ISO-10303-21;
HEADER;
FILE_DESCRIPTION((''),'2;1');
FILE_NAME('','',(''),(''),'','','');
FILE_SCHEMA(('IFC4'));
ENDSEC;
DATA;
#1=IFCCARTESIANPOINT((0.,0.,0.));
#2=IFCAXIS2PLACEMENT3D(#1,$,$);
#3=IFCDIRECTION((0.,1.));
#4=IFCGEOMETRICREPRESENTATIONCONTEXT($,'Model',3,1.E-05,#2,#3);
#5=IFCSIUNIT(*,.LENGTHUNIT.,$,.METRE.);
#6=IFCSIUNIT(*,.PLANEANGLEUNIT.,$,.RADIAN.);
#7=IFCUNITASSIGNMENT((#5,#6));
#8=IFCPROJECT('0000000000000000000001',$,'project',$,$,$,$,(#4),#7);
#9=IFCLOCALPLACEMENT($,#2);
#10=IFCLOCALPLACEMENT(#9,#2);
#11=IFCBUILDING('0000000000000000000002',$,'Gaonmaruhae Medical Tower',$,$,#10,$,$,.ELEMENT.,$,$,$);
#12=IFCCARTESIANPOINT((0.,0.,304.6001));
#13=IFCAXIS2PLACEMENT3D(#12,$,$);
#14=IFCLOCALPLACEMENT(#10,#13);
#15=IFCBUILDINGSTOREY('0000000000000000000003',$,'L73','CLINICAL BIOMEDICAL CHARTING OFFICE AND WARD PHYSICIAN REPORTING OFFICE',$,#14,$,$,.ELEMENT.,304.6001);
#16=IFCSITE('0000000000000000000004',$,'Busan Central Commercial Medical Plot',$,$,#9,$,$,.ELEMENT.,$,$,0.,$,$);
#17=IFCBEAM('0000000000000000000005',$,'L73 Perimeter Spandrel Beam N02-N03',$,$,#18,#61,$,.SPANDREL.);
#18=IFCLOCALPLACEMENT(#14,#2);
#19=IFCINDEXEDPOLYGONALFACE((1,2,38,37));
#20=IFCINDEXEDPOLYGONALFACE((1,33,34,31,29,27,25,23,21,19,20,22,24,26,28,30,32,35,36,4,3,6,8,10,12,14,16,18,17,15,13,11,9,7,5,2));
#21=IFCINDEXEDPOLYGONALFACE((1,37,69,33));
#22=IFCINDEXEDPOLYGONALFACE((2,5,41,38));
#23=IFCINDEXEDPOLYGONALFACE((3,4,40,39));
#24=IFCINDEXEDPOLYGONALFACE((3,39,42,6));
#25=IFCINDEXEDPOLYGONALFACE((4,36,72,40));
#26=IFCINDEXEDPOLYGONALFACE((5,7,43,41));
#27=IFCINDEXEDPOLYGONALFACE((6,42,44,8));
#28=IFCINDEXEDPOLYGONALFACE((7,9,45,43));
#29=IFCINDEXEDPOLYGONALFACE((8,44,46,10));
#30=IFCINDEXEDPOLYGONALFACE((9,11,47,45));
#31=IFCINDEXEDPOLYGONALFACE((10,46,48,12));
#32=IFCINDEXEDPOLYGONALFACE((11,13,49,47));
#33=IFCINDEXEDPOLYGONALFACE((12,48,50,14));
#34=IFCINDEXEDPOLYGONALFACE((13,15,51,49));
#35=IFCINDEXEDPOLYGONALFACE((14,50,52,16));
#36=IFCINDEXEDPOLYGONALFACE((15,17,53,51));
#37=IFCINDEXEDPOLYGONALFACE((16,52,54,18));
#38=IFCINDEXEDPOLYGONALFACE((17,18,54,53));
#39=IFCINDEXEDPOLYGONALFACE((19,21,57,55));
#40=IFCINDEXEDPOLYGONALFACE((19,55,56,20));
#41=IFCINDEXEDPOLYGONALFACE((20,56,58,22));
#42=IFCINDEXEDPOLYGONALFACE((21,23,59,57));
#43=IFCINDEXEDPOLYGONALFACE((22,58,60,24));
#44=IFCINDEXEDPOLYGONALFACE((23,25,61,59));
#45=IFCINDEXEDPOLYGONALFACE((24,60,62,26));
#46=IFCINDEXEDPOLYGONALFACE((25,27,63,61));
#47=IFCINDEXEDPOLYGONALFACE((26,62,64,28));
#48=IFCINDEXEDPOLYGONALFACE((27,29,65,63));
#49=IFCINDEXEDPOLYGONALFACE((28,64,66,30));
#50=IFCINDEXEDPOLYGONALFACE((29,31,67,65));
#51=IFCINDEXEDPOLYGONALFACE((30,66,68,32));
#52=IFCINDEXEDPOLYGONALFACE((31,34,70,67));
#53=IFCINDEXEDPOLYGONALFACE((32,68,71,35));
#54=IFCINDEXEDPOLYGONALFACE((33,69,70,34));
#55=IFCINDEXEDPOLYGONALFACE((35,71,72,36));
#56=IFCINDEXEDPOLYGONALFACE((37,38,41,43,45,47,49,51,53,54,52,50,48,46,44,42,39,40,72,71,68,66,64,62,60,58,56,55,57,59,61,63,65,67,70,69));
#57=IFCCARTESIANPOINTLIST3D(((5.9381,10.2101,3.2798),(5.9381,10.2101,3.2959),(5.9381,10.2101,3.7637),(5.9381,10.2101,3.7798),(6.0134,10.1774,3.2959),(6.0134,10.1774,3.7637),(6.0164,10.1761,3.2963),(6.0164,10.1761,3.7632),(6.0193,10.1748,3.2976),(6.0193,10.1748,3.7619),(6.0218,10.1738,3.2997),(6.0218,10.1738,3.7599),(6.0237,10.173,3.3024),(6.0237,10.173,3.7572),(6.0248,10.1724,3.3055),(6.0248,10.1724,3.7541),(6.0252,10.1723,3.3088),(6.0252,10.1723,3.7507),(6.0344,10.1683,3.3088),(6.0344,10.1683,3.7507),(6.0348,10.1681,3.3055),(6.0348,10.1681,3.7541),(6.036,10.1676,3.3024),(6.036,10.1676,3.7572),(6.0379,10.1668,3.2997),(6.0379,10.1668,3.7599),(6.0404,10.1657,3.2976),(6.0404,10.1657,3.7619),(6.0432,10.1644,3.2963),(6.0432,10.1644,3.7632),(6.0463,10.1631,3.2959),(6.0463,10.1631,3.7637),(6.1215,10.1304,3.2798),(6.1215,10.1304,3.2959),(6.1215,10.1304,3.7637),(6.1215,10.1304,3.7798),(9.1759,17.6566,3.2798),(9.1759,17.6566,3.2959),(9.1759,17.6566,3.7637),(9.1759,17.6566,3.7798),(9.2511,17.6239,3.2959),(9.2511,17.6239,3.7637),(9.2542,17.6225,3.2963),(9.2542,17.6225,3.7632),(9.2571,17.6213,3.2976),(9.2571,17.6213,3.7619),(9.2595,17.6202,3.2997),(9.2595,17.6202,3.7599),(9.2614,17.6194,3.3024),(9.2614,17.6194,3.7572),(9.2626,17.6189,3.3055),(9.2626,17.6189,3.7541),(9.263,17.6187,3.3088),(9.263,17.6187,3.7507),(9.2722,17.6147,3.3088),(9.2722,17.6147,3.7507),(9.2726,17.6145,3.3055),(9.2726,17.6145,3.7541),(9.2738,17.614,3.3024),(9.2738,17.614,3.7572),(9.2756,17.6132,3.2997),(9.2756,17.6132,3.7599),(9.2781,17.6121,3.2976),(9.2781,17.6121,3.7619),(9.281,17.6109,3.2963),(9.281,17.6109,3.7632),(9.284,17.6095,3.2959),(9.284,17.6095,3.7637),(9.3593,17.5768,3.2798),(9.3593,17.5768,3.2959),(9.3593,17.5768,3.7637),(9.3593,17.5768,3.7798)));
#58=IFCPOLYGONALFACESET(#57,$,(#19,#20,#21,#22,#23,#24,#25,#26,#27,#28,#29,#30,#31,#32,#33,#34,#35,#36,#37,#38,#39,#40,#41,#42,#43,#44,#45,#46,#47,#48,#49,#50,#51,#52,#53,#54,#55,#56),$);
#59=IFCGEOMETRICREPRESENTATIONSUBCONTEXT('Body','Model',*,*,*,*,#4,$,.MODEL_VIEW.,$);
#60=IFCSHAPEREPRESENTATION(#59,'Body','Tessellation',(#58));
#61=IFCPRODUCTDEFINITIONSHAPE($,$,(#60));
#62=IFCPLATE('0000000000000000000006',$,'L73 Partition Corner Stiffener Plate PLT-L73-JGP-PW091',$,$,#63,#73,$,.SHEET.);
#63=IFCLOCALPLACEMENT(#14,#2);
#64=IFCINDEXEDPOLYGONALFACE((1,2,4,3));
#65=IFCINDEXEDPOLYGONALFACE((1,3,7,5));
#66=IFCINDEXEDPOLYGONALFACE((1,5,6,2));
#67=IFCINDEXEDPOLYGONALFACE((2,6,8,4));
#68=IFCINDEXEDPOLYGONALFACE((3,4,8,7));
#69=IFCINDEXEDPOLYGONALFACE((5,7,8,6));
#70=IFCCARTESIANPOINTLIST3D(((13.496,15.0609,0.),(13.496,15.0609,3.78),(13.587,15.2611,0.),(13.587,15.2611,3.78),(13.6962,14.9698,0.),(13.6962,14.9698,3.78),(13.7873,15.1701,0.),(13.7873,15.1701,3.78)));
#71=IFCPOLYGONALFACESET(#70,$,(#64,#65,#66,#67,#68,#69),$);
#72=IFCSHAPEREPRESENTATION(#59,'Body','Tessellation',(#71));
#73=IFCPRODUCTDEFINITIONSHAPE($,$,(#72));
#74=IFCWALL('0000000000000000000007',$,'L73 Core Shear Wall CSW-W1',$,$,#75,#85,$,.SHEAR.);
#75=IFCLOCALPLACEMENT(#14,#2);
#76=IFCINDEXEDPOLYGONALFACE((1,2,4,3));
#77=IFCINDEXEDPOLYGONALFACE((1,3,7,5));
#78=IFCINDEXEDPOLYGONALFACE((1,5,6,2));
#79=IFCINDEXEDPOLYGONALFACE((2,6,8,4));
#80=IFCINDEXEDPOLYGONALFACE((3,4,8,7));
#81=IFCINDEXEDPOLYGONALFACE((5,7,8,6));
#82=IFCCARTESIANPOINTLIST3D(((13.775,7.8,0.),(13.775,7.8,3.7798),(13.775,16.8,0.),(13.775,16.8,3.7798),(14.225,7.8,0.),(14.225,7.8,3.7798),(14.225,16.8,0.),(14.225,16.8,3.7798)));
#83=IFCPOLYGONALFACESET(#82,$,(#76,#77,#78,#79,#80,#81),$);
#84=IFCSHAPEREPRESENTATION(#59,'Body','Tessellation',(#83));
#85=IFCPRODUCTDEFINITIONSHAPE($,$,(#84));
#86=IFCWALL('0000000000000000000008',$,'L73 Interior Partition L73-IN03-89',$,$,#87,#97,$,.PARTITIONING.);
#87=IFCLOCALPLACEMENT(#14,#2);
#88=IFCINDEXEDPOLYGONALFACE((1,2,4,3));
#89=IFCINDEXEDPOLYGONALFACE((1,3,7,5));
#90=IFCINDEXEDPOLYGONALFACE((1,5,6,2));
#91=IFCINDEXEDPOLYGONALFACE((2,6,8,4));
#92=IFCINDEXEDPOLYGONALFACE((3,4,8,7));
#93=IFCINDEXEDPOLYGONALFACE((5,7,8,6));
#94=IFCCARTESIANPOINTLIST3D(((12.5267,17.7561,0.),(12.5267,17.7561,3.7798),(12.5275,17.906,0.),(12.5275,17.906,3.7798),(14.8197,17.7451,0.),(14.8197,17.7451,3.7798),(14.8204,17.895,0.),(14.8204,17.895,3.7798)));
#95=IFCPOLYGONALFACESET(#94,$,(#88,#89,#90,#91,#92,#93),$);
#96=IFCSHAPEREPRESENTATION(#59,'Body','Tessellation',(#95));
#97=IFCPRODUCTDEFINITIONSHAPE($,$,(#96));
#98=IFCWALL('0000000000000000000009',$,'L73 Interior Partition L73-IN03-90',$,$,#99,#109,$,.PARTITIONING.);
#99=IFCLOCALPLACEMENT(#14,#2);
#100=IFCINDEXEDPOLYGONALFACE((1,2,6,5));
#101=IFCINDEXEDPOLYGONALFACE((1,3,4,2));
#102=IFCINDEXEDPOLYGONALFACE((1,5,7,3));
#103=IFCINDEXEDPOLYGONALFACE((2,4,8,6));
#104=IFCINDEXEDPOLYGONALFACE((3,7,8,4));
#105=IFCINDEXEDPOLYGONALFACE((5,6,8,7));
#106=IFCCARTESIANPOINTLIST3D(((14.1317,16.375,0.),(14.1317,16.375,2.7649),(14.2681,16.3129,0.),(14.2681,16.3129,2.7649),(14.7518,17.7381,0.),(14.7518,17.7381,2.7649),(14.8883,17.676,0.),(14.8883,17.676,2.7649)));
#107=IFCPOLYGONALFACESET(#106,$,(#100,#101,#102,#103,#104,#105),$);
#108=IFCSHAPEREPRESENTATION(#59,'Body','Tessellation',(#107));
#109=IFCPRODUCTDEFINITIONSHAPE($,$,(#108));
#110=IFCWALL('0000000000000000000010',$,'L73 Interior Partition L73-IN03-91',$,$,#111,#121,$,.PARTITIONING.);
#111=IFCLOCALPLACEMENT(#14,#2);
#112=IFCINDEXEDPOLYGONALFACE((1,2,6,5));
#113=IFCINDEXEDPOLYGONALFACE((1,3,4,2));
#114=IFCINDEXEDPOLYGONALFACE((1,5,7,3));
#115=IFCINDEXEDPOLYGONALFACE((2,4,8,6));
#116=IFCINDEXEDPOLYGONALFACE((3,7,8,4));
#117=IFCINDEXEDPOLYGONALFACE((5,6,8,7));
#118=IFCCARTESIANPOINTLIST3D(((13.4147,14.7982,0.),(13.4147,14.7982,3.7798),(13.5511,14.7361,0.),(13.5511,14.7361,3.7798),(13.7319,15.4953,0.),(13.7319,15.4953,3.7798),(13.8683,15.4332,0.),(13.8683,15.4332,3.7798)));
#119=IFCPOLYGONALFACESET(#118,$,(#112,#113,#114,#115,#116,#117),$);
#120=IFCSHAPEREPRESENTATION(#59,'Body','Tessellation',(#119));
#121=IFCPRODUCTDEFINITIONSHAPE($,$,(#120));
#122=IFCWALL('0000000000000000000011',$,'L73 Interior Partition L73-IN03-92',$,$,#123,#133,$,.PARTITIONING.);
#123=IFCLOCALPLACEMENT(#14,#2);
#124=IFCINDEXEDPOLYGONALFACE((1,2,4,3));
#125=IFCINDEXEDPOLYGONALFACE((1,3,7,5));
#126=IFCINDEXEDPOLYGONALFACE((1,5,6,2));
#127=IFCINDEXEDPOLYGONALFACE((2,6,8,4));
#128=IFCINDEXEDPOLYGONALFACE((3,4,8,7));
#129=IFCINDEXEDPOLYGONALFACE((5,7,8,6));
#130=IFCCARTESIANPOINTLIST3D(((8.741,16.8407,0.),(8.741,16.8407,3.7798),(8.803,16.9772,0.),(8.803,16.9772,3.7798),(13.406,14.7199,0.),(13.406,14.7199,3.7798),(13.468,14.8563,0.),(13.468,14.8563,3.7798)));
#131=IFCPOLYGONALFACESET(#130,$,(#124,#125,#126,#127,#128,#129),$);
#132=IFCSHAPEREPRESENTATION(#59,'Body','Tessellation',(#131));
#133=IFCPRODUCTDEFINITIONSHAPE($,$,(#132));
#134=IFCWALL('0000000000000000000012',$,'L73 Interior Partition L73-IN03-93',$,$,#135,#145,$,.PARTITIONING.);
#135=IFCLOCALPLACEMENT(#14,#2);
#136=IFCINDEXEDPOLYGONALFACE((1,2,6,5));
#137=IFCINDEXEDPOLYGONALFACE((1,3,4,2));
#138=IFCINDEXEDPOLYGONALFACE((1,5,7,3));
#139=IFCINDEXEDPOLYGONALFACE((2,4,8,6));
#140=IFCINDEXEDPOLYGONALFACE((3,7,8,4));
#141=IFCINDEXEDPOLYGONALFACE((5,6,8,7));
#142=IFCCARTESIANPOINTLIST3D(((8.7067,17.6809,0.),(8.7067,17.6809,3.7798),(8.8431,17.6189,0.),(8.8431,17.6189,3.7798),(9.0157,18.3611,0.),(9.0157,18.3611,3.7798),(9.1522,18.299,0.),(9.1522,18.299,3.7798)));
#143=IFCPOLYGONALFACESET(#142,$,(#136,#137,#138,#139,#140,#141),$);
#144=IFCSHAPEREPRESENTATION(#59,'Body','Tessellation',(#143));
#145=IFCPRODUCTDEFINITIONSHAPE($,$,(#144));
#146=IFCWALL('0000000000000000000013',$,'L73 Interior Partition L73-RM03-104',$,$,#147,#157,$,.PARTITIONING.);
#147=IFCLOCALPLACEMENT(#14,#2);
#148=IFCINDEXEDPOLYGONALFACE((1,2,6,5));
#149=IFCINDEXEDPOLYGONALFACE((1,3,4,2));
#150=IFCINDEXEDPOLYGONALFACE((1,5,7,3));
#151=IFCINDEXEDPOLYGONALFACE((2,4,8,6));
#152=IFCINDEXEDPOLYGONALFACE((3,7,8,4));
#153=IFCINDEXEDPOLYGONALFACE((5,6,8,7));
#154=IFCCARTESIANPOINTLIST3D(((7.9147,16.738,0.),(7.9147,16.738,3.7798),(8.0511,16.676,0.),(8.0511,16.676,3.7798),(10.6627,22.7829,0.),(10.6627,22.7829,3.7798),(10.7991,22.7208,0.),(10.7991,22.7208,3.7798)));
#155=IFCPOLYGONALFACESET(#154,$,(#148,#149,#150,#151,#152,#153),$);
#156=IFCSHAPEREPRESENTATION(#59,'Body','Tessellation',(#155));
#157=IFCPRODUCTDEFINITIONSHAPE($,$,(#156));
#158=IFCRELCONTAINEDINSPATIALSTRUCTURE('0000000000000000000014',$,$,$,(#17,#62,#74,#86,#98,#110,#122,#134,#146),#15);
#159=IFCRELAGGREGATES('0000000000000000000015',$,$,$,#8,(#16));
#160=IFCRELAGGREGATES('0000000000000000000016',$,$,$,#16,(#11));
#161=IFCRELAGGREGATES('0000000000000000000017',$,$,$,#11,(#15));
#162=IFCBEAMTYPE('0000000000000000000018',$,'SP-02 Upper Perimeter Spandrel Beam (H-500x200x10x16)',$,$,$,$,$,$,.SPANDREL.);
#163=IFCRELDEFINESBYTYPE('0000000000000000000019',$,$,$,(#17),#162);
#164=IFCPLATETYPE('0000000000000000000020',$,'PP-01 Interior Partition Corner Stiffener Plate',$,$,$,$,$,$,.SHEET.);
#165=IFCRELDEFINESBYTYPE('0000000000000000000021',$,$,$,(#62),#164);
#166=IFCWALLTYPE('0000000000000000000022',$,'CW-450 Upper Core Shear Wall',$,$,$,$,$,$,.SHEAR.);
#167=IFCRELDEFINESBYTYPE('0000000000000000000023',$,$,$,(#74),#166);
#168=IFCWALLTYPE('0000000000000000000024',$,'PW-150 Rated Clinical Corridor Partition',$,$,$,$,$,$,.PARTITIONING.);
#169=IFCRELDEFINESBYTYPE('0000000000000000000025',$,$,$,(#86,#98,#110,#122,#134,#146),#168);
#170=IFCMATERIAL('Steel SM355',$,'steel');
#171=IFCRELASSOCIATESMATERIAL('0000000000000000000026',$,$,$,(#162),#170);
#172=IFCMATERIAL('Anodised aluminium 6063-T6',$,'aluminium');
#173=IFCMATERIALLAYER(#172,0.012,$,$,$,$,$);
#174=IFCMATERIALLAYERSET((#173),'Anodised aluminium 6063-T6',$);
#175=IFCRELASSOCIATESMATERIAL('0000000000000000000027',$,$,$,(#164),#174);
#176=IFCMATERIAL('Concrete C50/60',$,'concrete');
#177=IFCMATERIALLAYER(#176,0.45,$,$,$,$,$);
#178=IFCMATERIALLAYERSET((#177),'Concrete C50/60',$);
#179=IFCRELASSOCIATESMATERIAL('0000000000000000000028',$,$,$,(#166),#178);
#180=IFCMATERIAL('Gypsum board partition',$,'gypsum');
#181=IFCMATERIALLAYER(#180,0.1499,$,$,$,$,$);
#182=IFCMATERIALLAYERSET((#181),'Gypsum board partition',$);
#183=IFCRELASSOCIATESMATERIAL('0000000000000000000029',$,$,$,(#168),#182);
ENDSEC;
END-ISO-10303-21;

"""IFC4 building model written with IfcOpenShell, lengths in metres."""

from ifc_helpers import new_model, si_unit, direction, frame, frame_2d, origin, origin_2d, place, context, subcontext, project, spatial, rectangle, i_section, extrude, material, layer, layer_set, material_profile, profile_set, type_object, element, save


model = new_model("IFC4")

# Units and contexts
model_context = context("Model", 3, precision=1e-05, world=origin(), true_north=direction((0.0, 1.0)))
body_context = subcontext(model_context, "Body", "Model", "MODEL_VIEW")
ifc_project = project(units=[si_unit("LENGTHUNIT", "METRE"), si_unit("PLANEANGLEUNIT", "RADIAN")], contexts=[model_context])

# Site, building, storey
site_placement = place(None, origin())
site = spatial("IfcSite", under=ifc_project, at=site_placement, Name="Busan Central Commercial Medical Plot", CompositionType="ELEMENT", RefElevation=0.0)
building_placement = place(site_placement, origin())
building = spatial("IfcBuilding", under=site, at=building_placement, Name="Gaonmaruhae Medical Tower", CompositionType="ELEMENT")
storey_placement = place(building_placement, frame((0.0, 0.0, 304.6001)))
storey = spatial("IfcBuildingStorey", under=building, at=storey_placement, Name="L73", Description="CLINICAL BIOMEDICAL CHARTING OFFICE AND WARD PHYSICIAN REPORTING OFFICE", CompositionType="ELEMENT", Elevation=304.6001)

# Shared definitions
ifc_material_1 = material(Name="Concrete C50/60", Category="concrete")

# Beam
ifc_material_2 = material(Name="Steel SM355", Category="steel")
ifc_material_profile_1 = material_profile(ifc_material_2, i_section(OverallWidth=0.2, OverallDepth=0.5, WebThickness=0.01, FlangeThickness=0.0161, FilletRadius=0.0129, at=origin_2d()), Name="H-500x200x10x16")
ifc_profile_set_1 = profile_set([ifc_material_profile_1], Name="Steel SM355")
beam_type_1 = type_object("IfcBeamType", Name="SP-02 Upper Perimeter Spandrel Beam (H-500x200x10x16)", PredefinedType="SPANDREL", material=ifc_profile_set_1)
beam_1_placement = place(storey_placement, frame((9.2676, 17.6167, 3.5298), z_axis=(-0.398744, -0.917062, 0.0), x_axis=(0.917062, -0.398744, 0.0)))
element("IfcBeam", 1, at=beam_1_placement, inside=storey, type_object=beam_type_1, Name="L73 Perimeter Spandrel Beam N02-N03", PredefinedType="SPANDREL", context=body_context, shape_type="SweptSolid", body=[
    extrude(i_section(OverallWidth=0.2, OverallDepth=0.5, WebThickness=0.01, FlangeThickness=0.0161, FilletRadius=0.0129, at=origin_2d()), origin(), (0.0, 0.0, 1.0), 8.1199),
])

# Plate
ifc_material_3 = material(Name="Anodised aluminium 6063-T6", Category="aluminium")
ifc_layer_1 = layer(ifc_material_3, 0.012)
ifc_layer_set_1 = layer_set([ifc_layer_1], Name="Anodised aluminium 6063-T6")
plate_type = type_object("IfcPlateType", Name="PP-01 Interior Partition Corner Stiffener Plate", PredefinedType="SHEET", material=ifc_layer_set_1)
plate_placement = place(storey_placement, frame((13.6416, 15.1155, 0.0), z_axis=(0.0, 0.0, 1.0), x_axis=(-0.413994, -0.910279, 0.0)))
element("IfcPlate", 2, at=plate_placement, inside=storey, type_object=plate_type, Name="L73 Partition Corner Stiffener Plate PLT-L73-JGP-PW091", PredefinedType="SHEET", context=body_context, shape_type="SweptSolid", body=[
    extrude(rectangle(XDim=0.22, YDim=0.22, at=origin_2d()), origin(), (0.0, 0.0, 1.0), 3.78),
])

# Walls
ifc_layer_2 = layer(ifc_material_1, 0.45)
ifc_layer_set_2 = layer_set([ifc_layer_2], Name="Concrete C50/60")
wall_type_1 = type_object("IfcWallType", Name="CW-450 Upper Core Shear Wall", PredefinedType="SHEAR", material=ifc_layer_set_2)
wall_1_placement = place(storey_placement, frame((14.0, 16.8, 0.0), z_axis=(0.0, 0.0, 1.0), x_axis=(0.0, -1.0, 0.0)))
element("IfcWall", 3, at=wall_1_placement, inside=storey, type_object=wall_type_1, Name="L73 Core Shear Wall CSW-W1", PredefinedType="SHEAR", context=body_context, shape_type="SweptSolid", body=[
    extrude(rectangle(XDim=9.0, YDim=0.45, at=frame_2d((4.5, 0.0))), origin(), (0.0, 0.0, 1.0), 3.7798),
])
ifc_material_4 = material(Name="Gypsum board partition", Category="gypsum")
ifc_layer_3 = layer(ifc_material_4, 0.1499)
ifc_layer_set_3 = layer_set([ifc_layer_3], Name="Gypsum board partition")
wall_type_2 = type_object("IfcWallType", Name="PW-150 Rated Clinical Corridor Partition", PredefinedType="PARTITIONING", material=ifc_layer_set_3)
wall_2_placement = place(storey_placement, frame((12.5271, 17.8311, 0.0), z_axis=(0.0, 0.0, 1.0), x_axis=(0.999989, -0.004791, 0.0)))
element("IfcWall", 4, at=wall_2_placement, inside=storey, type_object=wall_type_2, Name="L73 Interior Partition L73-IN03-89", PredefinedType="PARTITIONING", context=body_context, shape_type="SweptSolid", body=[
    extrude(rectangle(XDim=2.293, YDim=0.1499, at=frame_2d((1.1465, 0.0))), origin(), (0.0, 0.0, 1.0), 3.7798),
])
wall_3_placement = place(storey_placement, frame((14.8201, 17.707, 0.0), z_axis=(0.0, 0.0, 1.0), x_axis=(-0.41411, -0.910227, 0.0)))
element("IfcWall", 5, at=wall_3_placement, inside=storey, type_object=wall_type_2, Name="L73 Interior Partition L73-IN03-90", PredefinedType="PARTITIONING", context=body_context, shape_type="SweptSolid", body=[
    extrude(rectangle(XDim=1.4976, YDim=0.1499, at=frame_2d((0.7488, 0.0))), origin(), (0.0, 0.0, 1.0), 2.7649),
])
wall_4_placement = place(storey_placement, frame((13.8, 15.4641, 0.0), z_axis=(0.0, 0.0, 1.0), x_axis=(-0.414139, -0.910214, 0.0)))
element("IfcWall", 6, at=wall_4_placement, inside=storey, type_object=wall_type_2, Name="L73 Interior Partition L73-IN03-91", PredefinedType="PARTITIONING", context=body_context, shape_type="SweptSolid", body=[
    extrude(rectangle(XDim=0.7659, YDim=0.1499, at=frame_2d((0.3828, 0.0))), origin(), (0.0, 0.0, 1.0), 3.7798),
])
wall_5_placement = place(storey_placement, frame((13.437, 14.7881, 0.0), z_axis=(0.0, 0.0, 1.0), x_axis=(-0.910339, 0.413864, 0.0)))
element("IfcWall", 7, at=wall_5_placement, inside=storey, type_object=wall_type_2, Name="L73 Interior Partition L73-IN03-92", PredefinedType="PARTITIONING", context=body_context, shape_type="SweptSolid", body=[
    extrude(rectangle(XDim=5.1245, YDim=0.1499, at=frame_2d((2.5623, 0.0))), origin(), (0.0, 0.0, 1.0), 3.7798),
])
wall_6_placement = place(storey_placement, frame((8.7749, 17.6499, 0.0), z_axis=(0.0, 0.0, 1.0), x_axis=(0.413704, 0.910411, 0.0)))
element("IfcWall", 8, at=wall_6_placement, inside=storey, type_object=wall_type_2, Name="L73 Interior Partition L73-IN03-93", PredefinedType="PARTITIONING", context=body_context, shape_type="SweptSolid", body=[
    extrude(rectangle(XDim=0.7471, YDim=0.1499, at=frame_2d((0.3735, 0.0))), origin(), (0.0, 0.0, 1.0), 3.7798),
])
wall_7_placement = place(storey_placement, frame((7.9829, 16.707, 0.0), z_axis=(0.0, 0.0, 1.0), x_axis=(0.413847, 0.910346, 0.0)))
element("IfcWall", 9, at=wall_7_placement, inside=storey, type_object=wall_type_2, Name="L73 Interior Partition L73-RM03-104", PredefinedType="PARTITIONING", context=body_context, shape_type="SweptSolid", body=[
    extrude(rectangle(XDim=6.6401, YDim=0.1499, at=frame_2d((3.3201, 0.0))), origin(), (0.0, 0.0, 1.0), 3.7798),
])

save(model, "model.ifc")
